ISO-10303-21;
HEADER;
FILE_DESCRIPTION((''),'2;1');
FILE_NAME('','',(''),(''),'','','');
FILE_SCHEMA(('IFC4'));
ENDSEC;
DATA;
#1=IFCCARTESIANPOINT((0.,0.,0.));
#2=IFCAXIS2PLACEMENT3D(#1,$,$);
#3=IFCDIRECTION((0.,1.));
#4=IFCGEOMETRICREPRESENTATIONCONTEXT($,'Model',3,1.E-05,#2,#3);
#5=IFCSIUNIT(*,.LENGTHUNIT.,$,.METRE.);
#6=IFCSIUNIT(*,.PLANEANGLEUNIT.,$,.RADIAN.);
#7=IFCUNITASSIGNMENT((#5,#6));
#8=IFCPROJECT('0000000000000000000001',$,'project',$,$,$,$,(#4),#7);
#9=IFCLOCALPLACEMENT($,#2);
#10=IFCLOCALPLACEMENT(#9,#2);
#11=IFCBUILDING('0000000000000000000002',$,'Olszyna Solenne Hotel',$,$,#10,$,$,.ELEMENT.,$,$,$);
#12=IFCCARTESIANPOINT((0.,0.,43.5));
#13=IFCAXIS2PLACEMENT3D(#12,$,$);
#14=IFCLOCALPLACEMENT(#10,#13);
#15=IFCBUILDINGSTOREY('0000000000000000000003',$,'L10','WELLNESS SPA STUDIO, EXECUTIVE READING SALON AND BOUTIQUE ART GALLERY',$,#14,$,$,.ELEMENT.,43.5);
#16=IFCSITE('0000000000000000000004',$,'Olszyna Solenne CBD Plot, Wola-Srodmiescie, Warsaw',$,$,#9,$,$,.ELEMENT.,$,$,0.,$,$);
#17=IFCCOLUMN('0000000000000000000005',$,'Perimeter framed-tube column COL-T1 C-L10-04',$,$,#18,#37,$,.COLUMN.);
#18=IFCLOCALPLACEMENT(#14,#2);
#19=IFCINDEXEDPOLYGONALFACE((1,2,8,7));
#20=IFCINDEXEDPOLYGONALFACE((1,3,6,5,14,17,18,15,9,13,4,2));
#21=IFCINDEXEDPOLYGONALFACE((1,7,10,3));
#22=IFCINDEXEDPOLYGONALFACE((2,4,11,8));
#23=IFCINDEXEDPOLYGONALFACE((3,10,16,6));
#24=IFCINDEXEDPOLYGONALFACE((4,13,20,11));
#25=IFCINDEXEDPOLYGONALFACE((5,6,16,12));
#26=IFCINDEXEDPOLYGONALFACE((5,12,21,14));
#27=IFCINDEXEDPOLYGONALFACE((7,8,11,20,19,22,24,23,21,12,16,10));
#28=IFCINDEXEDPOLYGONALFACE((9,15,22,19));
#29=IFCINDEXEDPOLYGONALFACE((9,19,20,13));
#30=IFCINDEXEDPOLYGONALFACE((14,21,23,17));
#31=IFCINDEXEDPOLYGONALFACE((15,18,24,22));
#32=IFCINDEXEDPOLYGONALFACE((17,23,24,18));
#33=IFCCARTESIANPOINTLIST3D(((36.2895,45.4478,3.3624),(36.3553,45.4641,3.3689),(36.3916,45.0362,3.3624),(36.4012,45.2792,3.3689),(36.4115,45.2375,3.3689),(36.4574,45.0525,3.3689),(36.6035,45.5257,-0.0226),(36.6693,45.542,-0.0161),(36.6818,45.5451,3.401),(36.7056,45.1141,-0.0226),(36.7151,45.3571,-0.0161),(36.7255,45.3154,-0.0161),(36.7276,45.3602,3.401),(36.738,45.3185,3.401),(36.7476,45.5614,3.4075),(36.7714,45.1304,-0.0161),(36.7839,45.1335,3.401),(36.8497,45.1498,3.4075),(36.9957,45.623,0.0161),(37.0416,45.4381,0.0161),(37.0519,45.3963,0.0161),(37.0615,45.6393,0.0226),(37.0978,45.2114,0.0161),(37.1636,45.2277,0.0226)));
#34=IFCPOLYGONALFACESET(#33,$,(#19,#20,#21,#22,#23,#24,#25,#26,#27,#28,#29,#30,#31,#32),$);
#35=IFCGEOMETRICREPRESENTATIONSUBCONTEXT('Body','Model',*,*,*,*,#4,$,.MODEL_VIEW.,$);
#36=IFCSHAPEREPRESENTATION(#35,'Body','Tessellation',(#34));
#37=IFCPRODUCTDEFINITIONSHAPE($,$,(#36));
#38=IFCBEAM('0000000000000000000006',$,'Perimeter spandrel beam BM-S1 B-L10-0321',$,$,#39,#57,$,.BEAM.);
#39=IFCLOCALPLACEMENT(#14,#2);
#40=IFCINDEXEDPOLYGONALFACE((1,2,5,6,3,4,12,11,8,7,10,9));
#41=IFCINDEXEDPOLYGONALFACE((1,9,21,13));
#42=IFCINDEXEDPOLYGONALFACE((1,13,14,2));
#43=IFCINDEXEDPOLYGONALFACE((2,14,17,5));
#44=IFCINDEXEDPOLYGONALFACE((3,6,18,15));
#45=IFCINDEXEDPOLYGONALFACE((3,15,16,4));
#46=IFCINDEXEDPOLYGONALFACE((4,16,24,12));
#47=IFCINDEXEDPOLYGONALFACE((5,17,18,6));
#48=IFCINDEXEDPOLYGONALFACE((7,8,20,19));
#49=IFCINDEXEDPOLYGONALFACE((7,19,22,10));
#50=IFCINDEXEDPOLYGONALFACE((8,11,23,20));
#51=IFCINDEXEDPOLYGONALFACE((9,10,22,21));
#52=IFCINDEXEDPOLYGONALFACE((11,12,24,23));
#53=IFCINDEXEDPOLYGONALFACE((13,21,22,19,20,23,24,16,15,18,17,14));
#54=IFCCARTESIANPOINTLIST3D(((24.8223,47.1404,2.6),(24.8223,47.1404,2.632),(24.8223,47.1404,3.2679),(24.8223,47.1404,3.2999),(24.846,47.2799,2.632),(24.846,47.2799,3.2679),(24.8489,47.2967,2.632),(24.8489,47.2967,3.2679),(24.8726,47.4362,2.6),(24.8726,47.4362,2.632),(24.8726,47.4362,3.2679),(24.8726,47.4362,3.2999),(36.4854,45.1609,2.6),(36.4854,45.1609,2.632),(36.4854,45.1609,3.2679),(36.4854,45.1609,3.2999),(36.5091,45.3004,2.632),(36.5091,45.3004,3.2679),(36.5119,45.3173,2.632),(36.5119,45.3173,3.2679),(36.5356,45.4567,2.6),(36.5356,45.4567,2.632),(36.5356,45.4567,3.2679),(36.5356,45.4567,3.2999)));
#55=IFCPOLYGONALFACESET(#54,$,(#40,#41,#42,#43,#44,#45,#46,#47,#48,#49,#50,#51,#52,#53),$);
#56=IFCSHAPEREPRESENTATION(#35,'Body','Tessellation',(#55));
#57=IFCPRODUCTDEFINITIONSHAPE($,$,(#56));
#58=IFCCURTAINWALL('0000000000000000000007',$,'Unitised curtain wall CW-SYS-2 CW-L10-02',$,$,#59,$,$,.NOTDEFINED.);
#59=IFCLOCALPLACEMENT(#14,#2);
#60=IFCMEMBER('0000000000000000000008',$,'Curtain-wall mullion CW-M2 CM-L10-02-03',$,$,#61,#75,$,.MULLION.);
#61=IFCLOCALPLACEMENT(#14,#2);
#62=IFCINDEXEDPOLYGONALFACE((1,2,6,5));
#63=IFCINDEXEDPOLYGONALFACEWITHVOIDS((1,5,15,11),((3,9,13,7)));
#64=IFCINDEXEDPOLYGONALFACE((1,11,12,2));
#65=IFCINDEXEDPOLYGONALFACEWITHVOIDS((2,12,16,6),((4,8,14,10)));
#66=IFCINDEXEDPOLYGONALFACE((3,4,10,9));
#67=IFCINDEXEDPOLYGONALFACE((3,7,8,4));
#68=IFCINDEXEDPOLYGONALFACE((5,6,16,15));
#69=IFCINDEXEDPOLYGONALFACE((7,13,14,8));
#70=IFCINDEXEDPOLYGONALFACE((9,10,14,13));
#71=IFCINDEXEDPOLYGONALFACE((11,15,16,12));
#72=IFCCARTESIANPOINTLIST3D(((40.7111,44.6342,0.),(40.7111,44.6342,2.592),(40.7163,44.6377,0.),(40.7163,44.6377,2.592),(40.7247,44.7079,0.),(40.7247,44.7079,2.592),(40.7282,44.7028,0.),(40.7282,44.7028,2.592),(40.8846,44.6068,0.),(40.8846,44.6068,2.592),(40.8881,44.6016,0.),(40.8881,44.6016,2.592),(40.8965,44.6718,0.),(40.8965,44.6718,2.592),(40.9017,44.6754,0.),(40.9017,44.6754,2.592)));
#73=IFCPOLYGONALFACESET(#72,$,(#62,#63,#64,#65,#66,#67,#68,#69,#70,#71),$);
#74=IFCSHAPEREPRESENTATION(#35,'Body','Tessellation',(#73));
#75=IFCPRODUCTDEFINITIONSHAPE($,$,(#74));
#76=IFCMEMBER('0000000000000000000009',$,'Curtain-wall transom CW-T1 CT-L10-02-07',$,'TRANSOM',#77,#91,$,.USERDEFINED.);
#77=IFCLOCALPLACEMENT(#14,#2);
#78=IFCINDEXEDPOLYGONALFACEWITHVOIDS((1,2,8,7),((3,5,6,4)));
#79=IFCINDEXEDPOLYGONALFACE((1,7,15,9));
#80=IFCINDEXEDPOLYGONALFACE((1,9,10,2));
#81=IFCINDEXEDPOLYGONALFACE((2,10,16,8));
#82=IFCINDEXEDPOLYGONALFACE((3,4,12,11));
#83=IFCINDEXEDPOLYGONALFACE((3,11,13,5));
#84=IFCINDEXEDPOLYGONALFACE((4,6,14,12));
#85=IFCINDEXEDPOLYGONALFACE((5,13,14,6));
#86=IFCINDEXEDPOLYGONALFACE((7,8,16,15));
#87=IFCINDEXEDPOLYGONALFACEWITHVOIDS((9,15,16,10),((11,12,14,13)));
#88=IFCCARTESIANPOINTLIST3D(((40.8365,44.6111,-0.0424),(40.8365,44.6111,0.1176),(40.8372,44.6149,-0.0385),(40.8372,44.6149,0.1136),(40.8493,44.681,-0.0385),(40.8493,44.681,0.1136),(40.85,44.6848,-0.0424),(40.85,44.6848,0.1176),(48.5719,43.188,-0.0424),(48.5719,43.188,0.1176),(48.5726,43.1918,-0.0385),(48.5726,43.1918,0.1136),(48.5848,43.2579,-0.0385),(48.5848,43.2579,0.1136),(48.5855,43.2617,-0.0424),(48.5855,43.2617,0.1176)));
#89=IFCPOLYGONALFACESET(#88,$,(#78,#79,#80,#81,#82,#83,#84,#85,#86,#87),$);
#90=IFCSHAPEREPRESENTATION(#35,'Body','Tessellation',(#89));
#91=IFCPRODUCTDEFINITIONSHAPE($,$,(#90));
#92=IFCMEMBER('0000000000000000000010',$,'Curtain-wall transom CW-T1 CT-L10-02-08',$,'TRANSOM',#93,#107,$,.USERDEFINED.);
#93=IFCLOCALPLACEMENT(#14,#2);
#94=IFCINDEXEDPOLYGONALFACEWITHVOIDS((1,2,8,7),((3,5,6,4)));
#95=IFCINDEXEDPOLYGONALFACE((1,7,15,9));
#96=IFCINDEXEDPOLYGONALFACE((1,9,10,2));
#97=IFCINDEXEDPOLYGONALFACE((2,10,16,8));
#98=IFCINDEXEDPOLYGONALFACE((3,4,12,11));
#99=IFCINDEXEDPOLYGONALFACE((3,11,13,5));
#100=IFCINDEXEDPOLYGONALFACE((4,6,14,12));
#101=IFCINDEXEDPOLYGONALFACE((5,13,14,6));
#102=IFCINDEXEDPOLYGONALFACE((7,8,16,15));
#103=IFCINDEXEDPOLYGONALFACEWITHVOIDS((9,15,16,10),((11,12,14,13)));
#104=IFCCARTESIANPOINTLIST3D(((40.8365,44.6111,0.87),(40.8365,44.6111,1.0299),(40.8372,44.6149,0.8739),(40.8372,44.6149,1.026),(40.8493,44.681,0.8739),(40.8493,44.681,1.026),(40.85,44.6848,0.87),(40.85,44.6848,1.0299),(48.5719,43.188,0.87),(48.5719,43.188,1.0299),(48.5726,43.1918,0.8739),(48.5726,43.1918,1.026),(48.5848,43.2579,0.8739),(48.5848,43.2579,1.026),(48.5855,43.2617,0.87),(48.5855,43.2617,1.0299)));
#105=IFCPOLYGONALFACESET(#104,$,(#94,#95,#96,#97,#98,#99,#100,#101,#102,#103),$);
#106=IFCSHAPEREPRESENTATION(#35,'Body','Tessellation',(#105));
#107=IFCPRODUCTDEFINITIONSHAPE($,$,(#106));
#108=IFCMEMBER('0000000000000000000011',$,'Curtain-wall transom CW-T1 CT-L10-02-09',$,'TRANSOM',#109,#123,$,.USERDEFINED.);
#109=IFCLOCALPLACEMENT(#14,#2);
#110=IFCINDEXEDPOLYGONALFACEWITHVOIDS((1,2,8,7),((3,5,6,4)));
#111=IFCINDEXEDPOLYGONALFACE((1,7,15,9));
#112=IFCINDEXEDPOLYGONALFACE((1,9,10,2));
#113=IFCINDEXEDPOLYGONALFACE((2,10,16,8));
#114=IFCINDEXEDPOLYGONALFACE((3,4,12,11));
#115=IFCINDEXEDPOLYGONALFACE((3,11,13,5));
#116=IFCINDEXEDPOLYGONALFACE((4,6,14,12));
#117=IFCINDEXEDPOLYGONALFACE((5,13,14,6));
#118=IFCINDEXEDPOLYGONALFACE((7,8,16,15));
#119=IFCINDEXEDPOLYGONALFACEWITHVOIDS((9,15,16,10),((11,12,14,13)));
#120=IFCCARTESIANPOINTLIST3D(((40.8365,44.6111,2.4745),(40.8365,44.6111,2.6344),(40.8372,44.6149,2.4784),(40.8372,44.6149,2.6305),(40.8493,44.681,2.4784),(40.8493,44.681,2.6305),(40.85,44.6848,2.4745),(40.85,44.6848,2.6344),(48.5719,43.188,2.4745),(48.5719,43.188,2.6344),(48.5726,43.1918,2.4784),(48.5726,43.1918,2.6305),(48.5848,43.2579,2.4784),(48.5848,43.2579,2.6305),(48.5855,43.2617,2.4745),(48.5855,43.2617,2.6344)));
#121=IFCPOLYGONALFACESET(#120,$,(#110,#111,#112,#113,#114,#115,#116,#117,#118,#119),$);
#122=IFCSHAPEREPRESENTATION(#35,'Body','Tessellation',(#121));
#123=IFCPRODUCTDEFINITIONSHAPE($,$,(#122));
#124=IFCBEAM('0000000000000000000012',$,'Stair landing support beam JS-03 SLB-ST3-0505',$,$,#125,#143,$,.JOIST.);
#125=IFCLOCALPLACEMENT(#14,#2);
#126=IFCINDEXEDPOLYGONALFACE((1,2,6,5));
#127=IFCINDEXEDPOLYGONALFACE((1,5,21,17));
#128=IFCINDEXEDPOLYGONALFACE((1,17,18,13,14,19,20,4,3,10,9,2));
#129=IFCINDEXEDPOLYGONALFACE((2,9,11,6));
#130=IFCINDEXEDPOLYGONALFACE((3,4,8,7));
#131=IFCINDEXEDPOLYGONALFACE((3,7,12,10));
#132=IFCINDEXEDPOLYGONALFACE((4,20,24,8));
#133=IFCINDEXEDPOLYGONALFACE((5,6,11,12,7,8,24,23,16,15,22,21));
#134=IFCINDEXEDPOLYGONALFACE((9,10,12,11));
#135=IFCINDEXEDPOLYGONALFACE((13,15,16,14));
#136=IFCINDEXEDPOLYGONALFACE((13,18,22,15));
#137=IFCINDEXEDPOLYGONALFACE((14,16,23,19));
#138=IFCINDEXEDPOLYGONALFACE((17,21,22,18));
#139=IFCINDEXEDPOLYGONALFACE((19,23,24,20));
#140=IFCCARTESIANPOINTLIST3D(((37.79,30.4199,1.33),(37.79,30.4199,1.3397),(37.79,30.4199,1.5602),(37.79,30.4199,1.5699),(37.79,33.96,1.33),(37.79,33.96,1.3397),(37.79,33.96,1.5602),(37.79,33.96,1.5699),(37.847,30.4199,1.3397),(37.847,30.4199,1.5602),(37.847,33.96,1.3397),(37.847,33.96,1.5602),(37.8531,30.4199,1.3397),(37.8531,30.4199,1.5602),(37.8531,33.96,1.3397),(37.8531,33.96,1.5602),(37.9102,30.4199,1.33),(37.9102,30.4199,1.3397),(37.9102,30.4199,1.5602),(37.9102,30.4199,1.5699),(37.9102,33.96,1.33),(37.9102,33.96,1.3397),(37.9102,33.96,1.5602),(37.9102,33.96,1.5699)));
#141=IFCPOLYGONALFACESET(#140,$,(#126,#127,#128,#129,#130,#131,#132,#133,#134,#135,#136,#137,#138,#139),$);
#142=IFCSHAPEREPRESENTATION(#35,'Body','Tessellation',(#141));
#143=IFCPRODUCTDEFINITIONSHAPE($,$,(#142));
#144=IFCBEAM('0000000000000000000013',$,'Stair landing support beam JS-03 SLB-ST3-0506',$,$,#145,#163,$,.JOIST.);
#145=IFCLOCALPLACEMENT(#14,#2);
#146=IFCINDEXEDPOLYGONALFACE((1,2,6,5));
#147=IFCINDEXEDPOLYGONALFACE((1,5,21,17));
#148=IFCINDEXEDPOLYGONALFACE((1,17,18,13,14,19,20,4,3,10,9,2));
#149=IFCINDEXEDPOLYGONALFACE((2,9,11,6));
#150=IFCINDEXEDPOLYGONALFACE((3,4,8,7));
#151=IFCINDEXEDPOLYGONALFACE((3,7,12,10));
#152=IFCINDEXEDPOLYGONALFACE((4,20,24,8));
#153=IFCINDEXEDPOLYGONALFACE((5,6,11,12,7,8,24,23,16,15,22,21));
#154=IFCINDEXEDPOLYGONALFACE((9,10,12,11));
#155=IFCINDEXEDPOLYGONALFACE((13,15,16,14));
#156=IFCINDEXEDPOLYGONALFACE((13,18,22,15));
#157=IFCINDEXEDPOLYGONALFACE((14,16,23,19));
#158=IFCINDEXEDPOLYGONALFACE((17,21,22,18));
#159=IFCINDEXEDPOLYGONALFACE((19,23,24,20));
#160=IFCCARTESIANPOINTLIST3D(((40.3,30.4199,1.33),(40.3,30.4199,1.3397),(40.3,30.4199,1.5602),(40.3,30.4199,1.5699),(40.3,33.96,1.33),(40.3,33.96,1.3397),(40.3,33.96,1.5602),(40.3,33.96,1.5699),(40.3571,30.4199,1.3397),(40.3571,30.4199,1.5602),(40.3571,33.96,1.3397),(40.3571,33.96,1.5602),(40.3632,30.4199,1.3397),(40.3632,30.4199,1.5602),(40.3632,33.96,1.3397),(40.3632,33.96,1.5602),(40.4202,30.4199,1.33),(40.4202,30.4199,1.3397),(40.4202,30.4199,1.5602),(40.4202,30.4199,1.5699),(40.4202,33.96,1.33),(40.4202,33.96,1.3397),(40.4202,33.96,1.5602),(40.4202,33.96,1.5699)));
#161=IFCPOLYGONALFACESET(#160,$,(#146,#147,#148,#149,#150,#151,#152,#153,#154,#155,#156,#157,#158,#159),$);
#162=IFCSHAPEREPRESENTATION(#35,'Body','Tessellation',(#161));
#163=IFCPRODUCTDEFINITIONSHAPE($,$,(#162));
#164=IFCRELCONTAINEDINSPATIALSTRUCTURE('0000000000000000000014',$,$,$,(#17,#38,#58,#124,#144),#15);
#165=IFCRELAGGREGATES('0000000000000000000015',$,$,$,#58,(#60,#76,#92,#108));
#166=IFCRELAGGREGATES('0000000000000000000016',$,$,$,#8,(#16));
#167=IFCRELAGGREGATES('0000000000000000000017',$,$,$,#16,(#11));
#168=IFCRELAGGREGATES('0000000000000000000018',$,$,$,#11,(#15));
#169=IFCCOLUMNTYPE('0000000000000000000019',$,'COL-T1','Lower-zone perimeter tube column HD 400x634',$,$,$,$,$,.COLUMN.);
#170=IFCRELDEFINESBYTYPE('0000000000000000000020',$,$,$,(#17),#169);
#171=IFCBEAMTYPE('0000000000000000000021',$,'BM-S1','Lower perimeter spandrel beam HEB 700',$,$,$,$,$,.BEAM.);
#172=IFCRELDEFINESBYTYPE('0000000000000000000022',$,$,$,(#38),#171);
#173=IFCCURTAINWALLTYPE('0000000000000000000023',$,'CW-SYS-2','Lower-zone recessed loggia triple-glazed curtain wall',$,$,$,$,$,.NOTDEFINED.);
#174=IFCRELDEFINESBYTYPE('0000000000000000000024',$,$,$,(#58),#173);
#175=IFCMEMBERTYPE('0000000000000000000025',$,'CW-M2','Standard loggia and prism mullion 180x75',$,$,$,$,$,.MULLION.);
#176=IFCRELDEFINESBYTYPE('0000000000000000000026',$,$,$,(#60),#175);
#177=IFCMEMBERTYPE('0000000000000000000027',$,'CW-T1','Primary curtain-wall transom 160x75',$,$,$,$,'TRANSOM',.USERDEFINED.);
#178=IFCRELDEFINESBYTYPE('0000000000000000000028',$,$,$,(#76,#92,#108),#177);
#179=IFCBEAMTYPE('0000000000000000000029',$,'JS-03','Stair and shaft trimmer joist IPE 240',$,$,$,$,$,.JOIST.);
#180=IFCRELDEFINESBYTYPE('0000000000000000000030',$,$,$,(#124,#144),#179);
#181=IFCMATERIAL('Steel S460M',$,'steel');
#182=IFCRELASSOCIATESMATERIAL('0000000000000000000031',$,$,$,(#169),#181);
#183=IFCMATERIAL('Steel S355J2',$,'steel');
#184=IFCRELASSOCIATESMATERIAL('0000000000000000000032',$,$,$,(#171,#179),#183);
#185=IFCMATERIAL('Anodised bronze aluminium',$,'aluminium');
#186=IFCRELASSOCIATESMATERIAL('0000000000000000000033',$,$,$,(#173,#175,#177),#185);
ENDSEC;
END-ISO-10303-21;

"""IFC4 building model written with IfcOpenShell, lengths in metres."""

from ifc_helpers import new_model, si_unit, direction, frame, origin, origin_2d, place, context, subcontext, project, spatial, hollow_rectangle, i_section, extrude, source, transform, mapped, material, material_profile, profile_set, type_object, element, aggregate, save


model = new_model("IFC4")

# Units and contexts
model_context = context("Model", 3, precision=1e-05, world=origin(), true_north=direction((0.0, 1.0)))
body_context = subcontext(model_context, "Body", "Model", "MODEL_VIEW")
ifc_project = project(units=[si_unit("LENGTHUNIT", "METRE"), si_unit("PLANEANGLEUNIT", "RADIAN")], contexts=[model_context])

# Site, building, storey
site_placement = place(None, origin())
site = spatial("IfcSite", under=ifc_project, at=site_placement, Name="Olszyna Solenne CBD Plot, Wola-Srodmiescie, Warsaw", CompositionType="ELEMENT", RefElevation=0.0)
building_placement = place(site_placement, origin())
building = spatial("IfcBuilding", under=site, at=building_placement, Name="Olszyna Solenne Hotel", CompositionType="ELEMENT")
storey_placement = place(building_placement, frame((0.0, 0.0, 43.5)))
storey = spatial("IfcBuildingStorey", under=building, at=storey_placement, Name="L10", Description="WELLNESS SPA STUDIO, EXECUTIVE READING SALON AND BOUTIQUE ART GALLERY", CompositionType="ELEMENT", Elevation=43.5)

# Column
ifc_material_1 = material(Name="Steel S460M", Category="steel")
ifc_material_profile_1 = material_profile(ifc_material_1, i_section(OverallWidth=0.4241, OverallDepth=0.4741, WebThickness=0.043, FlangeThickness=0.0681, at=origin_2d()), Name="HD 400x634", Category="load-bearing")
ifc_profile_set_1 = profile_set([ifc_material_profile_1], Name="Steel S460M")
column_type = type_object("IfcColumnType", Name="COL-T1", Description="Lower-zone perimeter tube column HD 400x634", PredefinedType="COLUMN", material=ifc_profile_set_1)
shared_shape_1 = source(origin(), body_context, "Body", "SweptSolid", [
    extrude(i_section(OverallWidth=0.4241, OverallDepth=0.4741, WebThickness=0.043, FlangeThickness=0.0681, at=origin_2d()), origin(), (0.0, 0.0, 1.0), 3.4004),
])
column_placement = place(storey_placement, frame((36.8835, 45.3767, 0.0), z_axis=(-0.092331, -0.022903, 0.995465), x_axis=(0.240759, -0.970585, 0.0)))
element("IfcColumn", 1, at=column_placement, inside=storey, type_object=column_type, Name="Perimeter framed-tube column COL-T1 C-L10-04", PredefinedType="COLUMN", context=body_context, shape_type="MappedRepresentation", body=[
    mapped(shared_shape_1, transform((0.0, 0.0, 0.0), x_axis=(1.0, 0.0, 0.0), y_axis=(0.0, 1.0, 0.0), z_axis=(0.0, 0.0, 1.0), scale=1.0)),
])

# Beam
ifc_material_2 = material(Name="Steel S355J2", Category="steel")
ifc_material_profile_2 = material_profile(ifc_material_2, i_section(OverallWidth=0.3, OverallDepth=0.7, WebThickness=0.0171, FlangeThickness=0.032, at=origin_2d()), Name="HEB 700", Category="load-bearing")
ifc_profile_set_2 = profile_set([ifc_material_profile_2], Name="Steel S355J2")
beam_type_1 = type_object("IfcBeamType", Name="BM-S1", Description="Lower perimeter spandrel beam HEB 700", PredefinedType="BEAM", material=ifc_profile_set_2)
shared_shape_2 = source(origin(), body_context, "Body", "SweptSolid", [
    extrude(i_section(OverallWidth=0.3, OverallDepth=0.7, WebThickness=0.0171, FlangeThickness=0.032, at=origin_2d()), origin(), (0.0, 0.0, 1.0), 11.8298),
])
beam_1_placement = place(storey_placement, frame((36.5105, 45.3088, 2.95), z_axis=(-0.985901, 0.16733, 0.0), x_axis=(-0.16733, -0.985901, 0.0)))
element("IfcBeam", 2, at=beam_1_placement, inside=storey, type_object=beam_type_1, Name="Perimeter spandrel beam BM-S1 B-L10-0321", PredefinedType="BEAM", context=body_context, shape_type="MappedRepresentation", body=[
    mapped(shared_shape_2, transform((0.0, 0.0, 0.0), x_axis=(1.0, 0.0, 0.0), y_axis=(0.0, 1.0, 0.0), z_axis=(0.0, 0.0, 1.0), scale=1.0)),
])

# Curtain wall, members
ifc_material_3 = material(Name="Anodised bronze aluminium", Category="aluminium")
curtain_wall_type = type_object("IfcCurtainWallType", Name="CW-SYS-2", Description="Lower-zone recessed loggia triple-glazed curtain wall", PredefinedType="NOTDEFINED", material=ifc_material_3)
curtain_wall_placement = place(storey_placement, origin())
curtain_wall = element("IfcCurtainWall", 3, at=curtain_wall_placement, inside=storey, type_object=curtain_wall_type, Name="Unitised curtain wall CW-SYS-2 CW-L10-02", PredefinedType="NOTDEFINED")
ifc_material_profile_3 = material_profile(ifc_material_3, hollow_rectangle(XDim=0.075, YDim=0.1799, WallThickness=0.0044, at=origin_2d()), Name="MULL 180x75x4.5", Category="load-bearing")
ifc_profile_set_3 = profile_set([ifc_material_profile_3], Name="Anodised bronze aluminium")
member_type_1 = type_object("IfcMemberType", Name="CW-M2", Description="Standard loggia and prism mullion 180x75", PredefinedType="MULLION", material=ifc_profile_set_3)
shared_shape_3 = source(origin(), body_context, "Body", "SweptSolid", [
    extrude(hollow_rectangle(XDim=0.075, YDim=0.1799, WallThickness=0.0044, at=origin_2d()), origin(), (0.0, 0.0, 1.0), 2.592),
])
member_1_placement = place(storey_placement, frame((40.8064, 44.6548, 0.0), z_axis=(0.0, 0.0, 1.0), x_axis=(0.180946, 0.983493, 0.0)))
member_1 = element("IfcMember", 4, at=member_1_placement, type_object=member_type_1, Name="Curtain-wall mullion CW-M2 CM-L10-02-03", PredefinedType="MULLION", context=body_context, shape_type="MappedRepresentation", body=[
    mapped(shared_shape_3, transform((0.0, 0.0, 0.0), x_axis=(1.0, 0.0, 0.0), y_axis=(0.0, 1.0, 0.0), z_axis=(0.0, 0.0, 1.0), scale=1.0)),
])
ifc_material_profile_4 = material_profile(ifc_material_3, hollow_rectangle(XDim=0.075, YDim=0.1599, WallThickness=0.0039, at=origin_2d()), Name="TRAN 160x75x4", Category="load-bearing")
ifc_profile_set_4 = profile_set([ifc_material_profile_4], Name="Anodised bronze aluminium")
member_type_2 = type_object("IfcMemberType", Name="CW-T1", Description="Primary curtain-wall transom 160x75", ElementType="TRANSOM", PredefinedType="USERDEFINED", material=ifc_profile_set_4)
shared_shape_4 = source(origin(), body_context, "Body", "SweptSolid", [
    extrude(hollow_rectangle(XDim=0.075, YDim=0.1599, WallThickness=0.0039, at=origin_2d()), origin(), (0.0, 0.0, 1.0), 7.8652),
])
member_2_placement = place(storey_placement, frame((40.8433, 44.6479, 0.0376), z_axis=(0.983495, -0.180936, 0.0), x_axis=(0.180936, 0.983495, 0.0)))
member_2 = element("IfcMember", 5, at=member_2_placement, type_object=member_type_2, Name="Curtain-wall transom CW-T1 CT-L10-02-07", ObjectType="TRANSOM", PredefinedType="USERDEFINED", context=body_context, shape_type="MappedRepresentation", body=[
    mapped(shared_shape_4, transform((0.0, 0.0, 0.0), x_axis=(1.0, 0.0, 0.0), y_axis=(0.0, 1.0, 0.0), z_axis=(0.0, 0.0, 1.0), scale=1.0)),
])
member_3_placement = place(storey_placement, frame((40.8433, 44.6479, 0.95), z_axis=(0.983495, -0.180936, 0.0), x_axis=(0.180936, 0.983495, 0.0)))
member_3 = element("IfcMember", 6, at=member_3_placement, type_object=member_type_2, Name="Curtain-wall transom CW-T1 CT-L10-02-08", ObjectType="TRANSOM", PredefinedType="USERDEFINED", context=body_context, shape_type="MappedRepresentation", body=[
    mapped(shared_shape_4, transform((0.0, 0.0, 0.0), x_axis=(1.0, 0.0, 0.0), y_axis=(0.0, 1.0, 0.0), z_axis=(0.0, 0.0, 1.0), scale=1.0)),
])
member_4_placement = place(storey_placement, frame((40.8433, 44.6479, 2.5544), z_axis=(0.983495, -0.180936, 0.0), x_axis=(0.180936, 0.983495, 0.0)))
member_4 = element("IfcMember", 7, at=member_4_placement, type_object=member_type_2, Name="Curtain-wall transom CW-T1 CT-L10-02-09", ObjectType="TRANSOM", PredefinedType="USERDEFINED", context=body_context, shape_type="MappedRepresentation", body=[
    mapped(shared_shape_4, transform((0.0, 0.0, 0.0), x_axis=(1.0, 0.0, 0.0), y_axis=(0.0, 1.0, 0.0), z_axis=(0.0, 0.0, 1.0), scale=1.0)),
])

# Beams
ifc_material_profile_5 = material_profile(ifc_material_2, i_section(OverallWidth=0.1201, OverallDepth=0.24, WebThickness=0.0061, FlangeThickness=0.0098, at=origin_2d()), Name="IPE 240", Category="load-bearing")
ifc_profile_set_5 = profile_set([ifc_material_profile_5], Name="Steel S355J2")
beam_type_2 = type_object("IfcBeamType", Name="JS-03", Description="Stair and shaft trimmer joist IPE 240", PredefinedType="JOIST", material=ifc_profile_set_5)
shared_shape_5 = source(origin(), body_context, "Body", "SweptSolid", [
    extrude(i_section(OverallWidth=0.1201, OverallDepth=0.24, WebThickness=0.0061, FlangeThickness=0.0098, at=origin_2d()), origin(), (0.0, 0.0, 1.0), 3.54),
])
for number, where, z_axis, x_axis, name in (
    (8, (37.8501, 30.4199, 1.45), (0.0, 1.0, 0.0), (-1.0, 0.0, 0.0), "Stair landing support beam JS-03 SLB-ST3-0505"),
    (9, (40.3601, 30.4199, 1.45), (0.0, 1.0, 0.0), (-1.0, 0.0, 0.0), "Stair landing support beam JS-03 SLB-ST3-0506"),
):
    element("IfcBeam", number, at=place(storey_placement, frame(where, z_axis=z_axis, x_axis=x_axis)), inside=storey, type_object=beam_type_2, Name=name, PredefinedType="JOIST", context=body_context, shape_type="MappedRepresentation", body=[
        mapped(shared_shape_5, transform((0.0, 0.0, 0.0), x_axis=(1.0, 0.0, 0.0), y_axis=(0.0, 1.0, 0.0), z_axis=(0.0, 0.0, 1.0), scale=1.0)),
    ])

aggregate(curtain_wall, [member_1, member_2, member_3, member_4])

save(model, "model.ifc")
